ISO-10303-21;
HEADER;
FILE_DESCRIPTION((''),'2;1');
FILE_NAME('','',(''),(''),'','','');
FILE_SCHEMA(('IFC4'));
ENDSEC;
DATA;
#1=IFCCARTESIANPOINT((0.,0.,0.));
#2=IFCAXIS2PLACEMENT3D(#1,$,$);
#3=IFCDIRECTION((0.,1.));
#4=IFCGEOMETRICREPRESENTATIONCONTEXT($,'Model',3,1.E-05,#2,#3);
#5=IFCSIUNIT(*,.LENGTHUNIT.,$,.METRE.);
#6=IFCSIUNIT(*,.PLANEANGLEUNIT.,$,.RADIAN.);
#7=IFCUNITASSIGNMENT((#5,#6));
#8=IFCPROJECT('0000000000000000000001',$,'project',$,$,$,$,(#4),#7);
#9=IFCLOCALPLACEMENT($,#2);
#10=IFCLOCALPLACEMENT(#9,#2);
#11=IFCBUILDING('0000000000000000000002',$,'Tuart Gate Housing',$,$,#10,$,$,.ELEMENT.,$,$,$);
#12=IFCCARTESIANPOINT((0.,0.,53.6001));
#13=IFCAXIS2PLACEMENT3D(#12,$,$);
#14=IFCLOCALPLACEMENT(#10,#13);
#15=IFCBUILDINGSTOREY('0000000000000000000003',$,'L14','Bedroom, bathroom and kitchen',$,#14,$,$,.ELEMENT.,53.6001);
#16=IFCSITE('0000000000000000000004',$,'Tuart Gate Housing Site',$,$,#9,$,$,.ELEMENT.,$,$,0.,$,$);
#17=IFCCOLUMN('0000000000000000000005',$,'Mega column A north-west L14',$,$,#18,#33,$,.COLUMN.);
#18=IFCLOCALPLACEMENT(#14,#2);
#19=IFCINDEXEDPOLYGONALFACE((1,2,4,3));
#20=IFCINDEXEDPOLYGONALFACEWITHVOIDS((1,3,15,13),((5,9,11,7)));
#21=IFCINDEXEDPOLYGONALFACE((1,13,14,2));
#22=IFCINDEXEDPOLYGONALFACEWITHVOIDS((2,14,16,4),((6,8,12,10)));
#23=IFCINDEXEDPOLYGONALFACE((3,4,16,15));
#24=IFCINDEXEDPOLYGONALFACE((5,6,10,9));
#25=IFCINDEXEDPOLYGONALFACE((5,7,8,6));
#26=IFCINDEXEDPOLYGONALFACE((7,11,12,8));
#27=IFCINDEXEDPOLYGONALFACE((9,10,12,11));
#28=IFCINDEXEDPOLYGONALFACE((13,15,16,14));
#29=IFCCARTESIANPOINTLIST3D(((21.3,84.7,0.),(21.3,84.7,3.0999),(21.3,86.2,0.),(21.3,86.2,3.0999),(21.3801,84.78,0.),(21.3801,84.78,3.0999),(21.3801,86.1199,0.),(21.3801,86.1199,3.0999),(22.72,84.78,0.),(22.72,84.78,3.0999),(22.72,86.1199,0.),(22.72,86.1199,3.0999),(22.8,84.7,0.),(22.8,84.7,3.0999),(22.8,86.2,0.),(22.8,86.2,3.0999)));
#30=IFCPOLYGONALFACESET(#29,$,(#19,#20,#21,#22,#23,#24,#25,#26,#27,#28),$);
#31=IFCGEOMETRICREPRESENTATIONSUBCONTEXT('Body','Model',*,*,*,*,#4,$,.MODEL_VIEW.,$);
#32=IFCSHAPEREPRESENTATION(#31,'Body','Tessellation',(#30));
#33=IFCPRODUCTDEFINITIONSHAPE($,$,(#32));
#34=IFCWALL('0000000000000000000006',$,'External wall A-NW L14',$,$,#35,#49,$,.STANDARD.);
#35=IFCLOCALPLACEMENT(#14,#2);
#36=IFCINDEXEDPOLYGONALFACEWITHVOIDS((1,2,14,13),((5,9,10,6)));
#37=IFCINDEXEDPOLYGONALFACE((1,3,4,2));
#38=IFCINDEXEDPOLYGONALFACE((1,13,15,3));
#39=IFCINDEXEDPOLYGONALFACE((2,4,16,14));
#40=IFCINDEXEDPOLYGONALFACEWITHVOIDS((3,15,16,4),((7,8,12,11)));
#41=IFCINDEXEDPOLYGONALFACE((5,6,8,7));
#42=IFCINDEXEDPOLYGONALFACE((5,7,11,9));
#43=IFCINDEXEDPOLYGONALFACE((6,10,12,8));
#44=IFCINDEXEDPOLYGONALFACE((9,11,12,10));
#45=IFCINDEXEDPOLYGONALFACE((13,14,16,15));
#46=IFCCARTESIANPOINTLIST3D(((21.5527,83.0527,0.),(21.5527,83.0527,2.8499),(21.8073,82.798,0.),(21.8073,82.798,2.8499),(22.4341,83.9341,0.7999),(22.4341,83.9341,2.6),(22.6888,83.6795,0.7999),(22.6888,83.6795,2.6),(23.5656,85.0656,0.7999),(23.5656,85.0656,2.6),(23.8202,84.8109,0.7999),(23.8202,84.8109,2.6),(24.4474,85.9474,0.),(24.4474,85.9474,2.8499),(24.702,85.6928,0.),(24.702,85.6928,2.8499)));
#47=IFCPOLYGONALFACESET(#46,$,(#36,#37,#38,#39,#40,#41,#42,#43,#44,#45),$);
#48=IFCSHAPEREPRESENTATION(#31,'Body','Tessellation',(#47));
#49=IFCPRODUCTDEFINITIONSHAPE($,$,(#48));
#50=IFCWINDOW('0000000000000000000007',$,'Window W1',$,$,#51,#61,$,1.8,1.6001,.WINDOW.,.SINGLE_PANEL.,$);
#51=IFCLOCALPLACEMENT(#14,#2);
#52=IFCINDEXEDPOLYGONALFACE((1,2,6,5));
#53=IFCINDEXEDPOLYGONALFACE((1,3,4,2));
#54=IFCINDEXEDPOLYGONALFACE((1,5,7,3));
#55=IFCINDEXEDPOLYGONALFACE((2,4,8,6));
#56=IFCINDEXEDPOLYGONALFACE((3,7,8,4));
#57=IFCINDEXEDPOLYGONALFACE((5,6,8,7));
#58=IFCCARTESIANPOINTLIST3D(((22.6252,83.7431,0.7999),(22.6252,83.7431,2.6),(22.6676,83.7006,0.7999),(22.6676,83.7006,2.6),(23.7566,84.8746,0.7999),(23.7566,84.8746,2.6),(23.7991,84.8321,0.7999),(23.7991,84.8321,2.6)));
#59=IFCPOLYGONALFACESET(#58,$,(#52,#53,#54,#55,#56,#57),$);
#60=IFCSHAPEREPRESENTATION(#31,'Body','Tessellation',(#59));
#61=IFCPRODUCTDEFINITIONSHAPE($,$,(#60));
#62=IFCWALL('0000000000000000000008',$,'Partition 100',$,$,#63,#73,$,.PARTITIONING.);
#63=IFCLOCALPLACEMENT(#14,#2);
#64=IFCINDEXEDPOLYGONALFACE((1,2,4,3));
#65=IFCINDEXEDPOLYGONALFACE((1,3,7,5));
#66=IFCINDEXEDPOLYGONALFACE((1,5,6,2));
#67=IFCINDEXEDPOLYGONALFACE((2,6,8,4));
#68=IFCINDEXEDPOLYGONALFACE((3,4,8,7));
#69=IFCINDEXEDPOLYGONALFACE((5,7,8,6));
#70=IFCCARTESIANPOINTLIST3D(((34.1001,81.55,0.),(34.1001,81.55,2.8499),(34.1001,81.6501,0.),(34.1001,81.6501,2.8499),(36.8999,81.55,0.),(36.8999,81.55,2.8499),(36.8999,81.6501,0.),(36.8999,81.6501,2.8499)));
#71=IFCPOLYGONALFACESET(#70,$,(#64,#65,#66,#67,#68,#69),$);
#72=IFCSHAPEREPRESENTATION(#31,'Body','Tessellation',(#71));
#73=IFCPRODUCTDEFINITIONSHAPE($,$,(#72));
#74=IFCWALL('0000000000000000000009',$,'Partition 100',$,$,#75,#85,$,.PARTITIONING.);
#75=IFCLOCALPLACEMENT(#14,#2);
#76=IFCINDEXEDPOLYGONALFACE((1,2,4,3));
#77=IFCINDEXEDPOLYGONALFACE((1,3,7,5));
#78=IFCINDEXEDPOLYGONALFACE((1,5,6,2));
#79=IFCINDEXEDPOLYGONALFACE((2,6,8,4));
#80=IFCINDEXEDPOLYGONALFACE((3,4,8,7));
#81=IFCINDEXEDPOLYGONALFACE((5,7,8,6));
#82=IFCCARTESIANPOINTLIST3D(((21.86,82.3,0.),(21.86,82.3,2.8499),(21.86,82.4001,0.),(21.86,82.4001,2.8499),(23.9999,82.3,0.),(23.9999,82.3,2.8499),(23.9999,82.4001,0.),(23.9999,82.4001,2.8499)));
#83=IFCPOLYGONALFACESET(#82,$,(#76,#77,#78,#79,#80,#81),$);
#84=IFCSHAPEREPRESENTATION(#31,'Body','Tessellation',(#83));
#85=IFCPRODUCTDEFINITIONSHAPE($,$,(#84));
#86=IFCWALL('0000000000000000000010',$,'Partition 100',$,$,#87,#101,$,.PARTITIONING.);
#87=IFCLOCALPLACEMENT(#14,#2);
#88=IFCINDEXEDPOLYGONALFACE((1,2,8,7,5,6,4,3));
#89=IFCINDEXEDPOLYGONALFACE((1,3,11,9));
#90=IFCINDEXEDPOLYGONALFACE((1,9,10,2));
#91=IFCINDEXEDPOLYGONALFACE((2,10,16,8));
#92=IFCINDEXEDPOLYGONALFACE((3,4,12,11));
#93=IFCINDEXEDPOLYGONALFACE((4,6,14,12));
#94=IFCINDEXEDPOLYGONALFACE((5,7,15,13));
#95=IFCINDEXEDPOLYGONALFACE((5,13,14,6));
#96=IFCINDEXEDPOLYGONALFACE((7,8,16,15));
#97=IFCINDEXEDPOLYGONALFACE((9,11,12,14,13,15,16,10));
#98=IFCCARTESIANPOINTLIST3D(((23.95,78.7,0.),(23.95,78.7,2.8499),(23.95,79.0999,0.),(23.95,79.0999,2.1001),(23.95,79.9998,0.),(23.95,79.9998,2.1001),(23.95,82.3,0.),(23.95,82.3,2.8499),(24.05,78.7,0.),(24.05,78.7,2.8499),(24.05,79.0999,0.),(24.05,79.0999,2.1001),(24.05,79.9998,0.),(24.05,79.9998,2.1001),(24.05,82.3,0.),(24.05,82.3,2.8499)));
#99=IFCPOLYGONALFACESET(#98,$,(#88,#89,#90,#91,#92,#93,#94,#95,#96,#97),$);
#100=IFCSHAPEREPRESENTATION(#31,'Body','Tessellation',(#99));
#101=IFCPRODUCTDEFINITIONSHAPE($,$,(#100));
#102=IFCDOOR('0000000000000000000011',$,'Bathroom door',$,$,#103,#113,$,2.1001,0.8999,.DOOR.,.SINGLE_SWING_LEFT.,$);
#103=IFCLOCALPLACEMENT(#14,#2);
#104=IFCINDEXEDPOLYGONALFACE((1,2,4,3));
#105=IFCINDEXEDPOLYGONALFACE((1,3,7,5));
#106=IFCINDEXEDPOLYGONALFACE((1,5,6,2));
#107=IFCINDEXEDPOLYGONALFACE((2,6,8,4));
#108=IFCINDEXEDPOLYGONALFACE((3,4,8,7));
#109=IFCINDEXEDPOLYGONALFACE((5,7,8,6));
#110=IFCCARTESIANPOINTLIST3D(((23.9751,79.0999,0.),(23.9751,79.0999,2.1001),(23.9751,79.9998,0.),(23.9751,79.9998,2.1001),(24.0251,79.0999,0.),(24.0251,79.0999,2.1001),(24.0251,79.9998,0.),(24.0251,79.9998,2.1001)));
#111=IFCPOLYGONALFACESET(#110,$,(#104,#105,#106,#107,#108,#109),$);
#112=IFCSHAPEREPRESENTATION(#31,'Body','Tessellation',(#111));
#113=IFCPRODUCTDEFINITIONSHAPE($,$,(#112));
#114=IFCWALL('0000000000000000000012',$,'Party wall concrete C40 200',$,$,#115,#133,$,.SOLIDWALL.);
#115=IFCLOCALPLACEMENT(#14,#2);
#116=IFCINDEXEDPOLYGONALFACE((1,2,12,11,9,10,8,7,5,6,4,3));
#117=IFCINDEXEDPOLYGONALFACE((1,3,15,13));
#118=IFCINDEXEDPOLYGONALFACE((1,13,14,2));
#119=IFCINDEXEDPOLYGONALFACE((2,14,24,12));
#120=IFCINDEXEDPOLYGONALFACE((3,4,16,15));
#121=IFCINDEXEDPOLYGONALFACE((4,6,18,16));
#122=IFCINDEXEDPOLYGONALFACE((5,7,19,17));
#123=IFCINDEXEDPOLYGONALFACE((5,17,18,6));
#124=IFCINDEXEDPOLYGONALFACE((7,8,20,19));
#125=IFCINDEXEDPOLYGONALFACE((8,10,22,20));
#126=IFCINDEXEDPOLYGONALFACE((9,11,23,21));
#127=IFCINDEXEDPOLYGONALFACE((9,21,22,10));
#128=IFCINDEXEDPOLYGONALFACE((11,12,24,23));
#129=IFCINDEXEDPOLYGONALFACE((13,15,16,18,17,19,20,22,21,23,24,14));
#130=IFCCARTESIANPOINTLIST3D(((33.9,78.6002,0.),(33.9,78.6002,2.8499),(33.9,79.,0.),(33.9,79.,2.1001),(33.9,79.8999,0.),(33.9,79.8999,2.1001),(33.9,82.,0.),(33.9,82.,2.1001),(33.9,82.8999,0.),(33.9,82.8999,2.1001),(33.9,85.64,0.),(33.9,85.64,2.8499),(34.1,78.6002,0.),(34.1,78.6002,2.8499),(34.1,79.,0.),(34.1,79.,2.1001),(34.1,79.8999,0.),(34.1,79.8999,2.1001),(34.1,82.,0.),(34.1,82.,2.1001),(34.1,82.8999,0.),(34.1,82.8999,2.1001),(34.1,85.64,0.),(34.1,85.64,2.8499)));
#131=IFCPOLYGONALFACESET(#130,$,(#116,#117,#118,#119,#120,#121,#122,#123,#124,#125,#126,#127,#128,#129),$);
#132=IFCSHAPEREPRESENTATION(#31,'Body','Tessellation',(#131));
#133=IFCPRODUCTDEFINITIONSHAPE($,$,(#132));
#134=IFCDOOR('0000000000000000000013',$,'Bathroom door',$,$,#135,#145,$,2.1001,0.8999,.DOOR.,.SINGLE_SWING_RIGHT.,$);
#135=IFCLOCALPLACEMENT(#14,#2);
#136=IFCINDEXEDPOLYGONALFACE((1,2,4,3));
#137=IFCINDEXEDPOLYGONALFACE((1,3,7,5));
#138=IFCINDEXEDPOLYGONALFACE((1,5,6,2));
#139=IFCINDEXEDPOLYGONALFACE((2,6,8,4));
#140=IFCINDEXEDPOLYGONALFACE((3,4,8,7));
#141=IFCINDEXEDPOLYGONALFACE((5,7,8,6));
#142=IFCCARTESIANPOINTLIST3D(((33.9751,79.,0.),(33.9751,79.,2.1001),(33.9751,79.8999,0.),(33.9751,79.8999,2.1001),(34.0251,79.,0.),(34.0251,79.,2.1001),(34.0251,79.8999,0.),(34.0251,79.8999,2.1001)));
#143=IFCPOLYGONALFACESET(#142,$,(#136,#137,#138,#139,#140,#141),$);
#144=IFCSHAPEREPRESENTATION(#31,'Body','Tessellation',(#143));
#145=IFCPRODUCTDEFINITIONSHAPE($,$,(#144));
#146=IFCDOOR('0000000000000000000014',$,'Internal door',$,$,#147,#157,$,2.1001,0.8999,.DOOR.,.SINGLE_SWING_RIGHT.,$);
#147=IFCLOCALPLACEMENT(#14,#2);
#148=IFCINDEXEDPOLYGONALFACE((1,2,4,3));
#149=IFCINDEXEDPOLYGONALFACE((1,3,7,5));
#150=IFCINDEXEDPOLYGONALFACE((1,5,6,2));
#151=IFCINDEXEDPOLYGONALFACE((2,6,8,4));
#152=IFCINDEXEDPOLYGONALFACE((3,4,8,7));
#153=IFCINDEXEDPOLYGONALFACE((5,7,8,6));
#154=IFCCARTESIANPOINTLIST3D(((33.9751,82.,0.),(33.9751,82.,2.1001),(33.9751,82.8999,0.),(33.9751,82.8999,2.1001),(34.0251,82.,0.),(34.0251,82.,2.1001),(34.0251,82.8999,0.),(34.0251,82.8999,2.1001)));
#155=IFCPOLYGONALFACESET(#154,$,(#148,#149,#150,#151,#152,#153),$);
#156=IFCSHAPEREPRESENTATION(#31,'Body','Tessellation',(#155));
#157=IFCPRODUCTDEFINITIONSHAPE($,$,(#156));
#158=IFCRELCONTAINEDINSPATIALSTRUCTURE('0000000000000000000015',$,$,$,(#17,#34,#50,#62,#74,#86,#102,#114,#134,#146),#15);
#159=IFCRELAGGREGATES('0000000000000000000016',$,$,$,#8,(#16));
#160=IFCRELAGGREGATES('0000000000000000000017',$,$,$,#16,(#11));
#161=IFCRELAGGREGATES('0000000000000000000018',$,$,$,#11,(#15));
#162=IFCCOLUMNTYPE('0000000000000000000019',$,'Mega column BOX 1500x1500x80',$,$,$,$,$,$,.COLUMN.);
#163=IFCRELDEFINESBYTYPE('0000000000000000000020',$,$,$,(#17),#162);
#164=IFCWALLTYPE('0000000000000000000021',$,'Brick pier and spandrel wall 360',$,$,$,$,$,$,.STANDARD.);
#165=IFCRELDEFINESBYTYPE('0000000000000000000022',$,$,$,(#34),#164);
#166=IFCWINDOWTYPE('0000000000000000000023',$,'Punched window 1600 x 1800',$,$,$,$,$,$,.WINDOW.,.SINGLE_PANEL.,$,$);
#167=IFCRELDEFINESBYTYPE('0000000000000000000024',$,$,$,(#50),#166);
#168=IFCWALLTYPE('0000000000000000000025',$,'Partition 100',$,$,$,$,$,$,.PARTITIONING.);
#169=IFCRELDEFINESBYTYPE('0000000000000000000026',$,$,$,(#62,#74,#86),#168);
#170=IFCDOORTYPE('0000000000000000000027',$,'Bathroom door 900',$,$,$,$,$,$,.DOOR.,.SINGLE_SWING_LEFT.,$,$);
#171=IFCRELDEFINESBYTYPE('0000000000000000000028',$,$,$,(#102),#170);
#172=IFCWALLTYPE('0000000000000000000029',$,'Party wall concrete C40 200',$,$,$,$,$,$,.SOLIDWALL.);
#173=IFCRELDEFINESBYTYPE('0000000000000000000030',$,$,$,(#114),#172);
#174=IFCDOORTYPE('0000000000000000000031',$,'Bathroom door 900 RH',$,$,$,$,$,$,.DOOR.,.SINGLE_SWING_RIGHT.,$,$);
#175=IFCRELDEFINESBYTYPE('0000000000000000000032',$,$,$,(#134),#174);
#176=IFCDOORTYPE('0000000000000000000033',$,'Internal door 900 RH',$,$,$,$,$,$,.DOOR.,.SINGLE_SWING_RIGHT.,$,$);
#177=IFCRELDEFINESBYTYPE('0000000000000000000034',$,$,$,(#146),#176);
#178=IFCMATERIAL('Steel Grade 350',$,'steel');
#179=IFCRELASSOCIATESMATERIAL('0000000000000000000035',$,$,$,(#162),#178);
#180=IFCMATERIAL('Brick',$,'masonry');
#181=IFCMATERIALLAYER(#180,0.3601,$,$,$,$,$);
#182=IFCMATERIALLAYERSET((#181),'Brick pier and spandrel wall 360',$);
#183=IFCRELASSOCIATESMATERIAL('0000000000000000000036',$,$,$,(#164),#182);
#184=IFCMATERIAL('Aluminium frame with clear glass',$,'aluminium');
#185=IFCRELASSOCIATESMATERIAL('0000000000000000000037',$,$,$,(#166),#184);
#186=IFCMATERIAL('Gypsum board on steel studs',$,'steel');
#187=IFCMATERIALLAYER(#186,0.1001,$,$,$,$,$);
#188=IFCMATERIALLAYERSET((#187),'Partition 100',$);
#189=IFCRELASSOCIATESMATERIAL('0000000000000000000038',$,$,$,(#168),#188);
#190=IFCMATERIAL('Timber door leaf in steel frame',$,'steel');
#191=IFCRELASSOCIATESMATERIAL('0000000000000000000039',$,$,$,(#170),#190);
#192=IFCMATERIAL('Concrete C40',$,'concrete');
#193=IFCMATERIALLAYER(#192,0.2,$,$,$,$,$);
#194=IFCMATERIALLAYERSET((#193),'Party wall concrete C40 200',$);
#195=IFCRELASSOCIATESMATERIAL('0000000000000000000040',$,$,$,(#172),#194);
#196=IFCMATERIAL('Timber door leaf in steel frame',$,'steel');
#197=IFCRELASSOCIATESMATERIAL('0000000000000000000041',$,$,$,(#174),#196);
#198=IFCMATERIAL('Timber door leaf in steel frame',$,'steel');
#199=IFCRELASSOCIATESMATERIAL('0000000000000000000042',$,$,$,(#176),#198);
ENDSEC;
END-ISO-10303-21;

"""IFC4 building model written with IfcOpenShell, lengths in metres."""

from ifc_helpers import new_model, si_unit, direction, frame, frame_2d, origin, origin_2d, place, context, subcontext, project, spatial, rectangle, hollow_rectangle, extrude, material, layer, layer_set, material_profile, profile_set, type_object, element, fill, save


model = new_model("IFC4")

# Units and contexts
model_context = context("Model", 3, precision=1e-05, world=origin(), true_north=direction((0.0, 1.0)))
body_context = subcontext(model_context, "Body", "Model", "MODEL_VIEW")
ifc_project = project(units=[si_unit("LENGTHUNIT", "METRE"), si_unit("PLANEANGLEUNIT", "RADIAN")], contexts=[model_context])

# Site, building, storey
site_placement = place(None, origin())
site = spatial("IfcSite", under=ifc_project, at=site_placement, Name="Tuart Gate Housing Site", CompositionType="ELEMENT", RefElevation=0.0)
building_placement = place(site_placement, origin())
building = spatial("IfcBuilding", under=site, at=building_placement, Name="Tuart Gate Housing", CompositionType="ELEMENT")
storey_placement = place(building_placement, frame((0.0, 0.0, 53.6001)))
storey = spatial("IfcBuildingStorey", under=building, at=storey_placement, Name="L14", Description="Bedroom, bathroom and kitchen", CompositionType="ELEMENT", Elevation=53.6001)

# Column
ifc_material_1 = material(Name="Steel Grade 350", Category="steel")
ifc_material_profile = material_profile(ifc_material_1, hollow_rectangle(XDim=1.5, YDim=1.5, WallThickness=0.0801, at=origin_2d()), Name="BOX 1500x1500x80")
ifc_profile_set = profile_set([ifc_material_profile], Name="Steel Grade 350")
column_type = type_object("IfcColumnType", Name="Mega column BOX 1500x1500x80", PredefinedType="COLUMN", material=ifc_profile_set)
column_placement = place(storey_placement, frame((22.05, 85.45, 0.0), z_axis=(0.0, 0.0, 1.0), x_axis=(1.0, 0.0, 0.0)))
element("IfcColumn", 1, at=column_placement, inside=storey, type_object=column_type, Name="Mega column A north-west L14", PredefinedType="COLUMN", context=body_context, shape_type="SweptSolid", body=[
    extrude(hollow_rectangle(XDim=1.5, YDim=1.5, WallThickness=0.0801, at=origin_2d()), origin(), (0.0, 0.0, 1.0), 3.0999),
])

# Wall, opening, window
ifc_material_2 = material(Name="Brick", Category="masonry")
ifc_layer_1 = layer(ifc_material_2, 0.3601)
ifc_layer_set_1 = layer_set([ifc_layer_1], Name="Brick pier and spandrel wall 360")
wall_type_1 = type_object("IfcWallType", Name="Brick pier and spandrel wall 360", PredefinedType="STANDARD", material=ifc_layer_set_1)
wall_1_placement = place(storey_placement, frame((24.5747, 85.8201, 0.0), z_axis=(0.0, 0.0, 1.0), x_axis=(-0.707107, -0.707107, 0.0)))
wall_1 = element("IfcWall", 2, at=wall_1_placement, inside=storey, type_object=wall_type_1, Name="External wall A-NW L14", PredefinedType="STANDARD", context=body_context, shape_type="SweptSolid", body=[
    extrude(rectangle(XDim=4.0938, YDim=0.3601, at=frame_2d((2.0469, 0.0))), origin(), (0.0, 0.0, 1.0), 2.8499),
])
opening_1_placement = place(wall_1_placement, frame((1.2471, 0.0, 0.8)))
opening_1 = element("IfcOpeningElement", 3, at=opening_1_placement, cuts=wall_1, PredefinedType="OPENING", context=body_context, shape_type="SweptSolid", body=[
    extrude(rectangle(XDim=1.6001, YDim=1.8, at=frame_2d((0.8, 0.8999))), frame((0.0, 0.1899, 0.0), z_axis=(0.0, -1.0, 0.0), x_axis=(1.0, 0.0, 0.0)), (0.0, 0.0, 1.0), 0.3801),
])
ifc_material_3 = material(Name="Aluminium frame with clear glass", Category="aluminium")
window_type_1 = type_object("IfcWindowType", Name="Punched window 1600 x 1800", PartitioningType="SINGLE_PANEL", PredefinedType="WINDOW", material=ifc_material_3)
window_1_placement = place(opening_1_placement, origin())
window_1 = element("IfcWindow", 4, at=window_1_placement, inside=storey, type_object=window_type_1, Name="Window W1", OverallHeight=1.8, OverallWidth=1.6001, PartitioningType="SINGLE_PANEL", PredefinedType="WINDOW", context=body_context, shape_type="SweptSolid", body=[
    extrude(rectangle(XDim=1.6001, YDim=1.8, at=frame_2d((0.8, 0.8999))), frame((0.0, 0.1501, 0.0), z_axis=(0.0, -1.0, 0.0), x_axis=(1.0, 0.0, 0.0)), (0.0, 0.0, 1.0), 0.0601),
])
fill(opening_1, window_1)

# Walls
ifc_material_4 = material(Name="Gypsum board on steel studs", Category="steel")
ifc_layer_2 = layer(ifc_material_4, 0.1001)
ifc_layer_set_2 = layer_set([ifc_layer_2], Name="Partition 100")
wall_type_2 = type_object("IfcWallType", Name="Partition 100", PredefinedType="PARTITIONING", material=ifc_layer_set_2)
wall_2_placement = place(storey_placement, frame((34.1001, 81.6001, 0.0), z_axis=(0.0, 0.0, 1.0), x_axis=(1.0, 0.0, 0.0)))
element("IfcWall", 5, at=wall_2_placement, inside=storey, type_object=wall_type_2, Name="Partition 100", PredefinedType="PARTITIONING", context=body_context, shape_type="SweptSolid", body=[
    extrude(rectangle(XDim=2.7998, YDim=0.1001, at=frame_2d((1.3999, 0.0))), origin(), (0.0, 0.0, 1.0), 2.8499),
])
wall_3_placement = place(storey_placement, frame((21.8601, 82.3501, 0.0), z_axis=(0.0, 0.0, 1.0), x_axis=(1.0, 0.0, 0.0)))
element("IfcWall", 6, at=wall_3_placement, inside=storey, type_object=wall_type_2, Name="Partition 100", PredefinedType="PARTITIONING", context=body_context, shape_type="SweptSolid", body=[
    extrude(rectangle(XDim=2.1399, YDim=0.1001, at=frame_2d((1.0698, 0.0))), origin(), (0.0, 0.0, 1.0), 2.8499),
])

# Wall, opening, door
wall_4_placement = place(storey_placement, frame((24.0, 78.7, 0.0), z_axis=(0.0, 0.0, 1.0), x_axis=(0.0, 1.0, 0.0)))
wall_4 = element("IfcWall", 7, at=wall_4_placement, inside=storey, type_object=wall_type_2, Name="Partition 100", PredefinedType="PARTITIONING", context=body_context, shape_type="SweptSolid", body=[
    extrude(rectangle(XDim=3.6001, YDim=0.1001, at=frame_2d((1.8, 0.0))), origin(), (0.0, 0.0, 1.0), 2.8499),
])
opening_2_placement = place(wall_4_placement, frame((0.3999, 0.0, 0.0)))
opening_2 = element("IfcOpeningElement", 8, at=opening_2_placement, cuts=wall_4, PredefinedType="OPENING", context=body_context, shape_type="SweptSolid", body=[
    extrude(rectangle(XDim=0.8999, YDim=2.1001, at=frame_2d((0.45, 1.05))), frame((0.0, 0.0601, 0.0), z_axis=(0.0, -1.0, 0.0), x_axis=(1.0, 0.0, 0.0)), (0.0, 0.0, 1.0), 0.1201),
])
ifc_material_5 = material(Name="Timber door leaf in steel frame", Category="steel")
door_type_1 = type_object("IfcDoorType", Name="Bathroom door 900", OperationType="SINGLE_SWING_LEFT", PredefinedType="DOOR", material=ifc_material_5)
door_1_placement = place(opening_2_placement, origin())
door_1 = element("IfcDoor", 9, at=door_1_placement, inside=storey, type_object=door_type_1, Name="Bathroom door", OperationType="SINGLE_SWING_LEFT", OverallHeight=2.1001, OverallWidth=0.8999, PredefinedType="DOOR", context=body_context, shape_type="SweptSolid", body=[
    extrude(rectangle(XDim=0.8999, YDim=2.1001, at=frame_2d((0.45, 1.05))), frame((0.0, 0.0249, 0.0), z_axis=(0.0, -1.0, 0.0), x_axis=(1.0, 0.0, 0.0)), (0.0, 0.0, 1.0), 0.05),
])
fill(opening_2, door_1)

# Wall, openings, doors
ifc_material_6 = material(Name="Concrete C40", Category="concrete")
ifc_layer_3 = layer(ifc_material_6, 0.2)
ifc_layer_set_3 = layer_set([ifc_layer_3], Name="Party wall concrete C40 200")
wall_type_3 = type_object("IfcWallType", Name="Party wall concrete C40 200", PredefinedType="SOLIDWALL", material=ifc_layer_set_3)
wall_5_placement = place(storey_placement, frame((34.0, 78.6001, 0.0), z_axis=(0.0, 0.0, 1.0), x_axis=(0.0, 1.0, 0.0)))
wall_5 = element("IfcWall", 10, at=wall_5_placement, inside=storey, type_object=wall_type_3, Name="Party wall concrete C40 200", PredefinedType="SOLIDWALL", context=body_context, shape_type="SweptSolid", body=[
    extrude(rectangle(XDim=7.0398, YDim=0.2, at=frame_2d((3.52, 0.0))), origin(), (0.0, 0.0, 1.0), 2.8499),
])
opening_3_placement = place(wall_5_placement, frame((3.3999, 0.0, 0.0)))
opening_3 = element("IfcOpeningElement", 11, at=opening_3_placement, cuts=wall_5, PredefinedType="OPENING", context=body_context, shape_type="SweptSolid", body=[
    extrude(rectangle(XDim=0.8999, YDim=2.1001, at=frame_2d((0.45, 1.05))), frame((0.0, 0.1099, 0.0), z_axis=(0.0, -1.0, 0.0), x_axis=(1.0, 0.0, 0.0)), (0.0, 0.0, 1.0), 0.22),
])
opening_4_placement = place(wall_5_placement, frame((0.3999, 0.0, 0.0)))
opening_4 = element("IfcOpeningElement", 12, at=opening_4_placement, cuts=wall_5, PredefinedType="OPENING", context=body_context, shape_type="SweptSolid", body=[
    extrude(rectangle(XDim=0.8999, YDim=2.1001, at=frame_2d((0.45, 1.05))), frame((0.0, 0.1099, 0.0), z_axis=(0.0, -1.0, 0.0), x_axis=(1.0, 0.0, 0.0)), (0.0, 0.0, 1.0), 0.22),
])
ifc_material_7 = material(Name="Timber door leaf in steel frame", Category="steel")
door_type_2 = type_object("IfcDoorType", Name="Bathroom door 900 RH", OperationType="SINGLE_SWING_RIGHT", PredefinedType="DOOR", material=ifc_material_7)
door_2_placement = place(opening_4_placement, frame((0.8999, 0.0, 0.0), z_axis=(0.0, 0.0, 1.0), x_axis=(-1.0, 0.0, 0.0)))
door_2 = element("IfcDoor", 13, at=door_2_placement, inside=storey, type_object=door_type_2, Name="Bathroom door", OperationType="SINGLE_SWING_RIGHT", OverallHeight=2.1001, OverallWidth=0.8999, PredefinedType="DOOR", context=body_context, shape_type="SweptSolid", body=[
    extrude(rectangle(XDim=0.8999, YDim=2.1001, at=frame_2d((0.45, 1.05))), frame((0.0, 0.0251, 0.0), z_axis=(0.0, -1.0, 0.0), x_axis=(1.0, 0.0, 0.0)), (0.0, 0.0, 1.0), 0.05),
])
fill(opening_4, door_2)
ifc_material_8 = material(Name="Timber door leaf in steel frame", Category="steel")
door_type_3 = type_object("IfcDoorType", Name="Internal door 900 RH", OperationType="SINGLE_SWING_RIGHT", PredefinedType="DOOR", material=ifc_material_8)
door_3_placement = place(opening_3_placement, frame((0.8999, 0.0, 0.0), z_axis=(0.0, 0.0, 1.0), x_axis=(-1.0, 0.0, 0.0)))
door_3 = element("IfcDoor", 14, at=door_3_placement, inside=storey, type_object=door_type_3, Name="Internal door", OperationType="SINGLE_SWING_RIGHT", OverallHeight=2.1001, OverallWidth=0.8999, PredefinedType="DOOR", context=body_context, shape_type="SweptSolid", body=[
    extrude(rectangle(XDim=0.8999, YDim=2.1001, at=frame_2d((0.45, 1.05))), frame((0.0, 0.0251, 0.0), z_axis=(0.0, -1.0, 0.0), x_axis=(1.0, 0.0, 0.0)), (0.0, 0.0, 1.0), 0.05),
])
fill(opening_3, door_3)

save(model, "model.ifc")
